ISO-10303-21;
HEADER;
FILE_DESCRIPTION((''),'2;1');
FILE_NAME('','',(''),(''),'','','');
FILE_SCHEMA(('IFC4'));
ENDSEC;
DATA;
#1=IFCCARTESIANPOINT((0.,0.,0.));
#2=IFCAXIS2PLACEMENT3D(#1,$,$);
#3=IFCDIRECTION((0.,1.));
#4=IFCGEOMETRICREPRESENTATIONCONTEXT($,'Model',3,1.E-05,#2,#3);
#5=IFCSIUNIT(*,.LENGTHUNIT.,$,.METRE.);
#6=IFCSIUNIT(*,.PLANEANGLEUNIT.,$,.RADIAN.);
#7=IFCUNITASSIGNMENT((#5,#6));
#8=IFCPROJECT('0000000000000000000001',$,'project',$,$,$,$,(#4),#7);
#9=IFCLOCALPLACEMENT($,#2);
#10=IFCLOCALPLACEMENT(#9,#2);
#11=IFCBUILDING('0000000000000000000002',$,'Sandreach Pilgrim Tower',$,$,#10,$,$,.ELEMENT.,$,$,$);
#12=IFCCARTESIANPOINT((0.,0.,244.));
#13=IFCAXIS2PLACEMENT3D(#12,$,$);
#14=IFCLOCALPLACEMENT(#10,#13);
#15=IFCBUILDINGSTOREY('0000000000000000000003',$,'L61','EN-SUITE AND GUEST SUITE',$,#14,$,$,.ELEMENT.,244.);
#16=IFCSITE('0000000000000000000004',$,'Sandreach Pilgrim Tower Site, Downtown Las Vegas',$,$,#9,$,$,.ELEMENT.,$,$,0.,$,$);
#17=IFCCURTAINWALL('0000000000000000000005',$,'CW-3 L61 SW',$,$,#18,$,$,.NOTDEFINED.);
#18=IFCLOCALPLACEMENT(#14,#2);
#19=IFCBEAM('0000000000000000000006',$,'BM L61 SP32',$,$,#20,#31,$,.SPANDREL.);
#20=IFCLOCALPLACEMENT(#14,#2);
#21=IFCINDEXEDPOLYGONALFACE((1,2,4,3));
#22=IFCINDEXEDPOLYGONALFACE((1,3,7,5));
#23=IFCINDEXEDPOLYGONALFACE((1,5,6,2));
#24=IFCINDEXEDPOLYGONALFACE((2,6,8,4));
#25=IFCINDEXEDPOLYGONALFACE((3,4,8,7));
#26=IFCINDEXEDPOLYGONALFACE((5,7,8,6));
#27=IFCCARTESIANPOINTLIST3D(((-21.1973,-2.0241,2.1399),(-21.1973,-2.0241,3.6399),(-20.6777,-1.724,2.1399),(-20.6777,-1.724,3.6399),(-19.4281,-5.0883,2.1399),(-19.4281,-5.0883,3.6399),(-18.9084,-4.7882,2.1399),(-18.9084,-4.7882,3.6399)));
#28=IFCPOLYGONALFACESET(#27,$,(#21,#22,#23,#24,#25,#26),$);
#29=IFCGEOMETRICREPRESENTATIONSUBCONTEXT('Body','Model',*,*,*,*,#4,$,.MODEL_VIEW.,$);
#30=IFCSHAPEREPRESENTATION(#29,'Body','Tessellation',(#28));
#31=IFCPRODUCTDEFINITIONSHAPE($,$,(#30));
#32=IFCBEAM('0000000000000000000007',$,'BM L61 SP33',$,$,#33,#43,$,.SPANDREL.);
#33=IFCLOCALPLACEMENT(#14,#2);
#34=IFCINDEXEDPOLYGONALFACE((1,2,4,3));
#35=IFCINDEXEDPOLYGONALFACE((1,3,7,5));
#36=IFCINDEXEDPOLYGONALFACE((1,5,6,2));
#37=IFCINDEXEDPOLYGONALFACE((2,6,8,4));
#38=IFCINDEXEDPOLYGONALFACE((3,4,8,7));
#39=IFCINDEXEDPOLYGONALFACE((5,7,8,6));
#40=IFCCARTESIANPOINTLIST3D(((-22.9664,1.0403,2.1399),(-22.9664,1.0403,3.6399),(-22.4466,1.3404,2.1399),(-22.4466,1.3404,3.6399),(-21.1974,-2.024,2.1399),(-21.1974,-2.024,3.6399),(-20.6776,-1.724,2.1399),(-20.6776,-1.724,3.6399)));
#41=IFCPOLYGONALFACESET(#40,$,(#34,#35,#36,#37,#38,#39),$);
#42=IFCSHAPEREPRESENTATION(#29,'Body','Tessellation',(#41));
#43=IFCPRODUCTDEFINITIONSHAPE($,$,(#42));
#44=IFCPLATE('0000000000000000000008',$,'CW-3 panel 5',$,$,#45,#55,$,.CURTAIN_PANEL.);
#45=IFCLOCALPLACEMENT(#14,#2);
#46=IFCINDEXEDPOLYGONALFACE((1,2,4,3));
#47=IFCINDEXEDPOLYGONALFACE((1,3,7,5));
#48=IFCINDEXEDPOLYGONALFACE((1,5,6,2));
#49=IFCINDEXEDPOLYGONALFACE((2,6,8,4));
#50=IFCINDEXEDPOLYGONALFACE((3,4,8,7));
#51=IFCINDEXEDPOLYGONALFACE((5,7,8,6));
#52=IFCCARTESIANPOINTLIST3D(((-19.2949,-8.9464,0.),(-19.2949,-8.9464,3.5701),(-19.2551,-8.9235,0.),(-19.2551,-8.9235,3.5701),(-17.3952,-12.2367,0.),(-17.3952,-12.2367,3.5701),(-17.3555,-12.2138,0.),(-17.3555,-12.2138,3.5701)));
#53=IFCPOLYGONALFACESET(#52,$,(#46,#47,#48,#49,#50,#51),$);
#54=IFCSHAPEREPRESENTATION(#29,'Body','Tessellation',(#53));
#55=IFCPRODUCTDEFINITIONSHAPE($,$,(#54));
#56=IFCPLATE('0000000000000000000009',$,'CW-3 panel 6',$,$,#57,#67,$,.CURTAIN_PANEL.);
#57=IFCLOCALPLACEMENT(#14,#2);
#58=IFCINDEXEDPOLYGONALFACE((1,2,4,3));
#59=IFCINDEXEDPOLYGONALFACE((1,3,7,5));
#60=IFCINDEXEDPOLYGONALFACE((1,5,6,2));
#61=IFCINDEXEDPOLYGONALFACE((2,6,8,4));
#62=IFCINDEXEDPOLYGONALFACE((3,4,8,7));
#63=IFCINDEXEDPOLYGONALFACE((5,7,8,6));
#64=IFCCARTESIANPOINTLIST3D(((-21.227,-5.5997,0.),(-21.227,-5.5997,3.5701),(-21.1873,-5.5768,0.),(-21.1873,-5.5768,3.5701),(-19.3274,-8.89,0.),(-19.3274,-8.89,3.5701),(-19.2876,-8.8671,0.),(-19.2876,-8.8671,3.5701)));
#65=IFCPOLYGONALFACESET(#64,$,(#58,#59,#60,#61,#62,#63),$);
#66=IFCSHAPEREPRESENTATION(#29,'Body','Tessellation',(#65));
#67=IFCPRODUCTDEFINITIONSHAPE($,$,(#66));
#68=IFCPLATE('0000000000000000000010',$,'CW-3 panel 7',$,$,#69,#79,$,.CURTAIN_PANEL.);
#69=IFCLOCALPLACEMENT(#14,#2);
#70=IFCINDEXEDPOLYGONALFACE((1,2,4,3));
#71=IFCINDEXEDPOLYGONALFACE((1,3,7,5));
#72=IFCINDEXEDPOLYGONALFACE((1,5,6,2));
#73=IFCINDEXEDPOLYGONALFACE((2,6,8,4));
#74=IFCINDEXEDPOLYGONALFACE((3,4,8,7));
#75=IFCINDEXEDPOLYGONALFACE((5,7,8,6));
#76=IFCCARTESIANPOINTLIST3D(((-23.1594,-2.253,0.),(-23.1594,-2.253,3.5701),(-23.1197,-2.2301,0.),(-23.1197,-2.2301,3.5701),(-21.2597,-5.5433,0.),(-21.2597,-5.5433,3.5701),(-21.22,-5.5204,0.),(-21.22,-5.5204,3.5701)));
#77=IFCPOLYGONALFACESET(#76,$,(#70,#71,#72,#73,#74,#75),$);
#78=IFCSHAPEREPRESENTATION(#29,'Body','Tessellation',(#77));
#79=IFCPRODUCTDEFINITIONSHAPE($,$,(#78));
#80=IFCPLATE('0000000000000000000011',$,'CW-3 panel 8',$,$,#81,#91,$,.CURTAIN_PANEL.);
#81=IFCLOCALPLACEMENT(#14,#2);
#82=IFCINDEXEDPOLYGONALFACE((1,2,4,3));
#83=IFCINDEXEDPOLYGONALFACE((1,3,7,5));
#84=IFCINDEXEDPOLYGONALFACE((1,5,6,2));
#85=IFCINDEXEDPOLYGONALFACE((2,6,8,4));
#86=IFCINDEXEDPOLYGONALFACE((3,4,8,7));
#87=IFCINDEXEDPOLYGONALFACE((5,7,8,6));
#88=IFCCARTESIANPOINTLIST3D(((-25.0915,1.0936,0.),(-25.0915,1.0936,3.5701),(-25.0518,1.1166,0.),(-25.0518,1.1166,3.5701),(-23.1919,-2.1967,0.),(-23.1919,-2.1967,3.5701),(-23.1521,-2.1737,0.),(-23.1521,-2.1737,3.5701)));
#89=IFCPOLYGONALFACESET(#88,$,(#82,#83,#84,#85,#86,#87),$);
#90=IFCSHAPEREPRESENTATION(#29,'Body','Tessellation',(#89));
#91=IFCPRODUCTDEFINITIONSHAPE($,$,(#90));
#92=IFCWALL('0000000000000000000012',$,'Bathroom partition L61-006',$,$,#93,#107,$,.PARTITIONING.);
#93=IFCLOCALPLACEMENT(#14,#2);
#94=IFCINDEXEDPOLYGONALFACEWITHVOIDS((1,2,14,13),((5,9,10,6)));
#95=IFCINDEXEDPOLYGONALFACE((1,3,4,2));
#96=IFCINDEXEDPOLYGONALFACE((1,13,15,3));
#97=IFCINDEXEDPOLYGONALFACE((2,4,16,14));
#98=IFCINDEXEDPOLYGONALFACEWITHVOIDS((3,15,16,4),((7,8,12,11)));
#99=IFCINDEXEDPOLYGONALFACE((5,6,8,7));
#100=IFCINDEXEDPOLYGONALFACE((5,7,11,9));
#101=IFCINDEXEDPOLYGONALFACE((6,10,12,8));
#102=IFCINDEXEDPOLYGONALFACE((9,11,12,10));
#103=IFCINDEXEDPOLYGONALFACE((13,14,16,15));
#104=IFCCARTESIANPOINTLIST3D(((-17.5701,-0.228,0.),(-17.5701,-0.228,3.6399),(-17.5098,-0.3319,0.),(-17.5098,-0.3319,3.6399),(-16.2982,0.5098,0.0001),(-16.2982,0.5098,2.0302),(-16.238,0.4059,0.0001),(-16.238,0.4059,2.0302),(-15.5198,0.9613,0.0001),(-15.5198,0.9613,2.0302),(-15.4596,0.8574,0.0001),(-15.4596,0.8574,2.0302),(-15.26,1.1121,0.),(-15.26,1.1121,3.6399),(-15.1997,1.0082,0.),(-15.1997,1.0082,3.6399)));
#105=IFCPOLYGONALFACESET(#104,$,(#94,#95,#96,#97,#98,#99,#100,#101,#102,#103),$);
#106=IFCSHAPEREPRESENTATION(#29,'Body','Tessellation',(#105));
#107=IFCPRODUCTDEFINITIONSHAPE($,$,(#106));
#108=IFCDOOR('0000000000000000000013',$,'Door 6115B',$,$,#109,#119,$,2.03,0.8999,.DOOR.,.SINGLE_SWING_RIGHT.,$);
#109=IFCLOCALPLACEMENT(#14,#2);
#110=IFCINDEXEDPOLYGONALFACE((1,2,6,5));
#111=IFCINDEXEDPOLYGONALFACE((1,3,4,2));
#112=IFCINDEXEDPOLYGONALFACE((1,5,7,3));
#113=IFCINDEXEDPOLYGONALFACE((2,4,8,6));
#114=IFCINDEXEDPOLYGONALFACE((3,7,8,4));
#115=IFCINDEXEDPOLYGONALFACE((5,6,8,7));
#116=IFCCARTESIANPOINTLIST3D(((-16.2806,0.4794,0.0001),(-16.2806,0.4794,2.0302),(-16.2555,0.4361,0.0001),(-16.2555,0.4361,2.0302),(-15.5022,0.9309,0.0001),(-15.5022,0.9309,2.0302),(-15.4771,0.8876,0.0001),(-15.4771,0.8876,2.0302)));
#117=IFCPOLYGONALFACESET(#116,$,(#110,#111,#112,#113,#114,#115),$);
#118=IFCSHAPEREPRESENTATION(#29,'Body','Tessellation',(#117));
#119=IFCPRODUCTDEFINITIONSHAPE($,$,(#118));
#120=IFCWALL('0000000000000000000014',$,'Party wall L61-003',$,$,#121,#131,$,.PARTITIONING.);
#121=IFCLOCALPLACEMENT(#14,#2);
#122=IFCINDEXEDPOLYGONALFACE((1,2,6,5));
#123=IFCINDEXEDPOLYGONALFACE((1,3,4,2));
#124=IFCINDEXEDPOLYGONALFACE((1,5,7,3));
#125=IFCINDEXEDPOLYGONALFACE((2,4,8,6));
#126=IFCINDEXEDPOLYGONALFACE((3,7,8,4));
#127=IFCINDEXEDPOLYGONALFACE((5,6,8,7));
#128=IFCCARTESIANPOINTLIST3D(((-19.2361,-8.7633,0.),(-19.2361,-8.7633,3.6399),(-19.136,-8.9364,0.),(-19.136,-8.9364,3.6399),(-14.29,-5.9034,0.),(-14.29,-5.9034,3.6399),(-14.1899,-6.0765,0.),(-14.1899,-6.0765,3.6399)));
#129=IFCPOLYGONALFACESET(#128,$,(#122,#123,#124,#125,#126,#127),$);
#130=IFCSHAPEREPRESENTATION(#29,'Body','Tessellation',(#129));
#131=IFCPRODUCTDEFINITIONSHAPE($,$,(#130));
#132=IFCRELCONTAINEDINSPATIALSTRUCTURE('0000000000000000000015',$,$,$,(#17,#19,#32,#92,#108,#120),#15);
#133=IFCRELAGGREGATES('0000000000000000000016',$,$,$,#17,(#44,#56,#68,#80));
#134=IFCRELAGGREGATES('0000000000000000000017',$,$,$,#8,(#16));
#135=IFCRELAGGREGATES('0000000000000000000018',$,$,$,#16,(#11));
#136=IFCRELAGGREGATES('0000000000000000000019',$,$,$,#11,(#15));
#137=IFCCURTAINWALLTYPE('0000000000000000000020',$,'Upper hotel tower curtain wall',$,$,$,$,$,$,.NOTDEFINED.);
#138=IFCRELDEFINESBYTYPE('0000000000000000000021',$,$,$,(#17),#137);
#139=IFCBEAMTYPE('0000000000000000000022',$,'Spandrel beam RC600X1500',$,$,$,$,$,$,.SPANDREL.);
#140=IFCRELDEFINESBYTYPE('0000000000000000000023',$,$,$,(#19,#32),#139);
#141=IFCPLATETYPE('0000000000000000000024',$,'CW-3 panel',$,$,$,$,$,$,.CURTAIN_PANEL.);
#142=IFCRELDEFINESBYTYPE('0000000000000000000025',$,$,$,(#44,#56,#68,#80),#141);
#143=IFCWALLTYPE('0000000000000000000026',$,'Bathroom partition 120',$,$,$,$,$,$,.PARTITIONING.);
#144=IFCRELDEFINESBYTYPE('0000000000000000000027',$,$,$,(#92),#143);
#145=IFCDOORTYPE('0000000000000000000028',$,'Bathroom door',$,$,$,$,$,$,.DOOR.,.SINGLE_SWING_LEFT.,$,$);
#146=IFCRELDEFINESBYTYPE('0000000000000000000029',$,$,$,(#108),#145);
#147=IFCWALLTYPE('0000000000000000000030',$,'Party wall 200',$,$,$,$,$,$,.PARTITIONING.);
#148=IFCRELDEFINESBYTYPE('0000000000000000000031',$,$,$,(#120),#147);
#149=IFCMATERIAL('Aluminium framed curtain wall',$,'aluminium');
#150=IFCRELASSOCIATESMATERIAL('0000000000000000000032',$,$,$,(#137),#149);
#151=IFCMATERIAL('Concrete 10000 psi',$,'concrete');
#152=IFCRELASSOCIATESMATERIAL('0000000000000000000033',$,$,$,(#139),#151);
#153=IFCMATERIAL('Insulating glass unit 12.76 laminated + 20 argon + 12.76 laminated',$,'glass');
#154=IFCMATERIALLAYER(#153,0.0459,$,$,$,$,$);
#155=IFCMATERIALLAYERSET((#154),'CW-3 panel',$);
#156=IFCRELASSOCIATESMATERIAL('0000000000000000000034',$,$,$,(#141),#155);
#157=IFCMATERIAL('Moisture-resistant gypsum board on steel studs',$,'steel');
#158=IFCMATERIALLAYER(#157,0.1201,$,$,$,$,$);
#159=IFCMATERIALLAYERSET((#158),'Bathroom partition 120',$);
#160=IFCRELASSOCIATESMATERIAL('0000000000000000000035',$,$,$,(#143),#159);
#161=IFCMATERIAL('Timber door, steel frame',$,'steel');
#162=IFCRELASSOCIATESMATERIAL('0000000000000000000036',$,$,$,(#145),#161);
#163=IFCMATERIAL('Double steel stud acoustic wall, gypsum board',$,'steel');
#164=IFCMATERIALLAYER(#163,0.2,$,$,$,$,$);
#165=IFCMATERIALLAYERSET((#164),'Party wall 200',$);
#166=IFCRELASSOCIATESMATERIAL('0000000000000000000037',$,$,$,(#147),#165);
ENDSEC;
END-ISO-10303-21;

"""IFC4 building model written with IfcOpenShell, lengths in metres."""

from ifc_helpers import new_model, si_unit, direction, frame, frame_2d, origin, origin_2d, place, context, subcontext, project, spatial, rectangle, extrude, material, layer, layer_set, material_profile, profile_set, type_object, element, fill, aggregate, save


model = new_model("IFC4")

# Units and contexts
model_context = context("Model", 3, precision=1e-05, world=origin(), true_north=direction((0.0, 1.0)))
body_context = subcontext(model_context, "Body", "Model", "MODEL_VIEW")
ifc_project = project(units=[si_unit("LENGTHUNIT", "METRE"), si_unit("PLANEANGLEUNIT", "RADIAN")], contexts=[model_context])

# Site, building, storey
site_placement = place(None, origin())
site = spatial("IfcSite", under=ifc_project, at=site_placement, Name="Sandreach Pilgrim Tower Site, Downtown Las Vegas", CompositionType="ELEMENT", RefElevation=0.0)
building_placement = place(site_placement, origin())
building = spatial("IfcBuilding", under=site, at=building_placement, Name="Sandreach Pilgrim Tower", CompositionType="ELEMENT")
storey_placement = place(building_placement, frame((0.0, 0.0, 244.0)))
storey = spatial("IfcBuildingStorey", under=building, at=storey_placement, Name="L61", Description="EN-SUITE AND GUEST SUITE", CompositionType="ELEMENT", Elevation=244.0)

# Curtain wall
ifc_material_1 = material(Name="Aluminium framed curtain wall", Category="aluminium")
curtain_wall_type = type_object("IfcCurtainWallType", Name="Upper hotel tower curtain wall", PredefinedType="NOTDEFINED", material=ifc_material_1)
curtain_wall_placement = place(storey_placement, origin())
curtain_wall = element("IfcCurtainWall", 1, at=curtain_wall_placement, inside=storey, type_object=curtain_wall_type, Name="CW-3 L61 SW", PredefinedType="NOTDEFINED")

# Beams
ifc_material_2 = material(Name="Concrete 10000 psi", Category="concrete")
ifc_material_profile_1 = material_profile(ifc_material_2, rectangle(XDim=0.6001, YDim=1.5, at=origin_2d()), Name="RC600X1500")
ifc_profile_set_1 = profile_set([ifc_material_profile_1], Name="Concrete 10000 psi")
beam_type_1 = type_object("IfcBeamType", Name="Spandrel beam RC600X1500", PredefinedType="SPANDREL", material=ifc_profile_set_1)
for number, where, z_axis, x_axis, name in (
    (2, (-19.1682, -4.9382, 2.8899), (-0.500035, 0.866005, 0.0), (-0.866005, -0.500035, 0.0), "BM L61 SP32"),
    (3, (-20.9375, -1.874, 2.8899), (-0.499953, 0.866052, 0.0), (-0.866052, -0.499953, 0.0), "BM L61 SP33"),
):
    element("IfcBeam", number, at=place(storey_placement, frame(where, z_axis=z_axis, x_axis=x_axis)), inside=storey, type_object=beam_type_1, Name=name, PredefinedType="SPANDREL", context=body_context, shape_type="SweptSolid", body=[
        extrude(rectangle(XDim=0.6001, YDim=1.5, at=origin_2d()), origin(), (0.0, 0.0, 1.0), 3.5383),
    ])

# Plates
ifc_material_3 = material(Name="Insulating glass unit 12.76 laminated + 20 argon + 12.76 laminated", Category="glass")
ifc_layer_1 = layer(ifc_material_3, 0.0459)
ifc_layer_set_1 = layer_set([ifc_layer_1], Name="CW-3 panel")
plate_type = type_object("IfcPlateType", Name="CW-3 panel", PredefinedType="CURTAIN_PANEL", material=ifc_layer_set_1)
plate_1_placement = place(storey_placement, frame((-18.3252, -10.5801, 0.0), z_axis=(0.0, 0.0, 1.0), x_axis=(-0.5, 0.866025, 0.0)))
plate_1 = element("IfcPlate", 4, at=plate_1_placement, type_object=plate_type, Name="CW-3 panel 5", PredefinedType="CURTAIN_PANEL", context=body_context, shape_type="SweptSolid", body=[
    extrude(rectangle(XDim=3.7993, YDim=0.0459, at=origin_2d()), origin(), (0.0, 0.0, 1.0), 3.5701),
])
plate_2_placement = place(storey_placement, frame((-20.2573, -7.2334, 0.0), z_axis=(0.0, 0.0, 1.0), x_axis=(-0.5, 0.866025, 0.0)))
plate_2 = element("IfcPlate", 5, at=plate_2_placement, type_object=plate_type, Name="CW-3 panel 6", PredefinedType="CURTAIN_PANEL", context=body_context, shape_type="SweptSolid", body=[
    extrude(rectangle(XDim=3.7993, YDim=0.0459, at=origin_2d()), origin(), (0.0, 0.0, 1.0), 3.5701),
])
plate_3_placement = place(storey_placement, frame((-22.1897, -3.8867, 0.0), z_axis=(0.0, 0.0, 1.0), x_axis=(-0.5, 0.866025, 0.0)))
plate_3 = element("IfcPlate", 6, at=plate_3_placement, type_object=plate_type, Name="CW-3 panel 7", PredefinedType="CURTAIN_PANEL", context=body_context, shape_type="SweptSolid", body=[
    extrude(rectangle(XDim=3.7993, YDim=0.0459, at=origin_2d()), origin(), (0.0, 0.0, 1.0), 3.5701),
])
plate_4_placement = place(storey_placement, frame((-24.1218, -0.54, 0.0), z_axis=(0.0, 0.0, 1.0), x_axis=(-0.5, 0.866025, 0.0)))
plate_4 = element("IfcPlate", 7, at=plate_4_placement, type_object=plate_type, Name="CW-3 panel 8", PredefinedType="CURTAIN_PANEL", context=body_context, shape_type="SweptSolid", body=[
    extrude(rectangle(XDim=3.7993, YDim=0.0459, at=origin_2d()), origin(), (0.0, 0.0, 1.0), 3.5701),
])
aggregate(curtain_wall, [plate_1, plate_2, plate_3, plate_4])

# Wall, opening, door
ifc_material_4 = material(Name="Moisture-resistant gypsum board on steel studs", Category="steel")
ifc_layer_2 = layer(ifc_material_4, 0.1201)
ifc_layer_set_2 = layer_set([ifc_layer_2], Name="Bathroom partition 120")
wall_type_1 = type_object("IfcWallType", Name="Bathroom partition 120", PredefinedType="PARTITIONING", material=ifc_layer_set_2)
wall_1_placement = place(storey_placement, frame((-17.54, -0.28, 0.0), z_axis=(0.0, 0.0, 1.0), x_axis=(0.86499, 0.501789, 0.0)))
wall_1 = element("IfcWall", 8, at=wall_1_placement, inside=storey, type_object=wall_type_1, Name="Bathroom partition L61-006", PredefinedType="PARTITIONING", context=body_context, shape_type="SweptSolid", body=[
    extrude(rectangle(XDim=2.6707, YDim=0.1201, at=frame_2d((1.3354, 0.0))), origin(), (0.0, 0.0, 1.0), 3.6399),
])
opening_placement = place(wall_1_placement, frame((1.4705, 0.0, 0.0)))
opening = element("IfcOpeningElement", 9, at=opening_placement, cuts=wall_1, PredefinedType="OPENING", context=body_context, shape_type="SweptSolid", body=[
    extrude(rectangle(XDim=0.8999, YDim=2.03, at=frame_2d((0.45, 1.0151))), frame((0.0, 0.0601, 0.0), z_axis=(0.0, -1.0, 0.0), x_axis=(1.0, 0.0, 0.0)), (0.0, 0.0, 1.0), 0.1201),
])
ifc_material_5 = material(Name="Timber door, steel frame", Category="steel")
door_type = type_object("IfcDoorType", Name="Bathroom door", OperationType="SINGLE_SWING_LEFT", PredefinedType="DOOR", material=ifc_material_5)
door_placement = place(opening_placement, origin())
door = element("IfcDoor", 10, at=door_placement, inside=storey, type_object=door_type, Name="Door 6115B", OperationType="SINGLE_SWING_RIGHT", OverallHeight=2.03, OverallWidth=0.8999, PredefinedType="DOOR", context=body_context, shape_type="SweptSolid", body=[
    extrude(rectangle(XDim=0.8999, YDim=2.03, at=frame_2d((0.45, 1.0151))), frame((0.0, 0.0249, 0.0), z_axis=(0.0, -1.0, 0.0), x_axis=(1.0, 0.0, 0.0)), (0.0, 0.0, 1.0), 0.05),
])
fill(opening, door)

# Wall
ifc_material_6 = material(Name="Double steel stud acoustic wall, gypsum board", Category="steel")
ifc_layer_3 = layer(ifc_material_6, 0.2)
ifc_layer_set_3 = layer_set([ifc_layer_3], Name="Party wall 200")
wall_type_2 = type_object("IfcWallType", Name="Party wall 200", PredefinedType="PARTITIONING", material=ifc_layer_set_3)
wall_2_placement = place(storey_placement, frame((-19.186, -8.8499, 0.0), z_axis=(0.0, 0.0, 1.0), x_axis=(0.865702, 0.500559, 0.0)))
element("IfcWall", 11, at=wall_2_placement, inside=storey, type_object=wall_type_2, Name="Party wall L61-003", PredefinedType="PARTITIONING", context=body_context, shape_type="SweptSolid", body=[
    extrude(rectangle(XDim=5.7134, YDim=0.2, at=frame_2d((2.8567, 0.0))), origin(), (0.0, 0.0, 1.0), 3.6399),
])

save(model, "model.ifc")
